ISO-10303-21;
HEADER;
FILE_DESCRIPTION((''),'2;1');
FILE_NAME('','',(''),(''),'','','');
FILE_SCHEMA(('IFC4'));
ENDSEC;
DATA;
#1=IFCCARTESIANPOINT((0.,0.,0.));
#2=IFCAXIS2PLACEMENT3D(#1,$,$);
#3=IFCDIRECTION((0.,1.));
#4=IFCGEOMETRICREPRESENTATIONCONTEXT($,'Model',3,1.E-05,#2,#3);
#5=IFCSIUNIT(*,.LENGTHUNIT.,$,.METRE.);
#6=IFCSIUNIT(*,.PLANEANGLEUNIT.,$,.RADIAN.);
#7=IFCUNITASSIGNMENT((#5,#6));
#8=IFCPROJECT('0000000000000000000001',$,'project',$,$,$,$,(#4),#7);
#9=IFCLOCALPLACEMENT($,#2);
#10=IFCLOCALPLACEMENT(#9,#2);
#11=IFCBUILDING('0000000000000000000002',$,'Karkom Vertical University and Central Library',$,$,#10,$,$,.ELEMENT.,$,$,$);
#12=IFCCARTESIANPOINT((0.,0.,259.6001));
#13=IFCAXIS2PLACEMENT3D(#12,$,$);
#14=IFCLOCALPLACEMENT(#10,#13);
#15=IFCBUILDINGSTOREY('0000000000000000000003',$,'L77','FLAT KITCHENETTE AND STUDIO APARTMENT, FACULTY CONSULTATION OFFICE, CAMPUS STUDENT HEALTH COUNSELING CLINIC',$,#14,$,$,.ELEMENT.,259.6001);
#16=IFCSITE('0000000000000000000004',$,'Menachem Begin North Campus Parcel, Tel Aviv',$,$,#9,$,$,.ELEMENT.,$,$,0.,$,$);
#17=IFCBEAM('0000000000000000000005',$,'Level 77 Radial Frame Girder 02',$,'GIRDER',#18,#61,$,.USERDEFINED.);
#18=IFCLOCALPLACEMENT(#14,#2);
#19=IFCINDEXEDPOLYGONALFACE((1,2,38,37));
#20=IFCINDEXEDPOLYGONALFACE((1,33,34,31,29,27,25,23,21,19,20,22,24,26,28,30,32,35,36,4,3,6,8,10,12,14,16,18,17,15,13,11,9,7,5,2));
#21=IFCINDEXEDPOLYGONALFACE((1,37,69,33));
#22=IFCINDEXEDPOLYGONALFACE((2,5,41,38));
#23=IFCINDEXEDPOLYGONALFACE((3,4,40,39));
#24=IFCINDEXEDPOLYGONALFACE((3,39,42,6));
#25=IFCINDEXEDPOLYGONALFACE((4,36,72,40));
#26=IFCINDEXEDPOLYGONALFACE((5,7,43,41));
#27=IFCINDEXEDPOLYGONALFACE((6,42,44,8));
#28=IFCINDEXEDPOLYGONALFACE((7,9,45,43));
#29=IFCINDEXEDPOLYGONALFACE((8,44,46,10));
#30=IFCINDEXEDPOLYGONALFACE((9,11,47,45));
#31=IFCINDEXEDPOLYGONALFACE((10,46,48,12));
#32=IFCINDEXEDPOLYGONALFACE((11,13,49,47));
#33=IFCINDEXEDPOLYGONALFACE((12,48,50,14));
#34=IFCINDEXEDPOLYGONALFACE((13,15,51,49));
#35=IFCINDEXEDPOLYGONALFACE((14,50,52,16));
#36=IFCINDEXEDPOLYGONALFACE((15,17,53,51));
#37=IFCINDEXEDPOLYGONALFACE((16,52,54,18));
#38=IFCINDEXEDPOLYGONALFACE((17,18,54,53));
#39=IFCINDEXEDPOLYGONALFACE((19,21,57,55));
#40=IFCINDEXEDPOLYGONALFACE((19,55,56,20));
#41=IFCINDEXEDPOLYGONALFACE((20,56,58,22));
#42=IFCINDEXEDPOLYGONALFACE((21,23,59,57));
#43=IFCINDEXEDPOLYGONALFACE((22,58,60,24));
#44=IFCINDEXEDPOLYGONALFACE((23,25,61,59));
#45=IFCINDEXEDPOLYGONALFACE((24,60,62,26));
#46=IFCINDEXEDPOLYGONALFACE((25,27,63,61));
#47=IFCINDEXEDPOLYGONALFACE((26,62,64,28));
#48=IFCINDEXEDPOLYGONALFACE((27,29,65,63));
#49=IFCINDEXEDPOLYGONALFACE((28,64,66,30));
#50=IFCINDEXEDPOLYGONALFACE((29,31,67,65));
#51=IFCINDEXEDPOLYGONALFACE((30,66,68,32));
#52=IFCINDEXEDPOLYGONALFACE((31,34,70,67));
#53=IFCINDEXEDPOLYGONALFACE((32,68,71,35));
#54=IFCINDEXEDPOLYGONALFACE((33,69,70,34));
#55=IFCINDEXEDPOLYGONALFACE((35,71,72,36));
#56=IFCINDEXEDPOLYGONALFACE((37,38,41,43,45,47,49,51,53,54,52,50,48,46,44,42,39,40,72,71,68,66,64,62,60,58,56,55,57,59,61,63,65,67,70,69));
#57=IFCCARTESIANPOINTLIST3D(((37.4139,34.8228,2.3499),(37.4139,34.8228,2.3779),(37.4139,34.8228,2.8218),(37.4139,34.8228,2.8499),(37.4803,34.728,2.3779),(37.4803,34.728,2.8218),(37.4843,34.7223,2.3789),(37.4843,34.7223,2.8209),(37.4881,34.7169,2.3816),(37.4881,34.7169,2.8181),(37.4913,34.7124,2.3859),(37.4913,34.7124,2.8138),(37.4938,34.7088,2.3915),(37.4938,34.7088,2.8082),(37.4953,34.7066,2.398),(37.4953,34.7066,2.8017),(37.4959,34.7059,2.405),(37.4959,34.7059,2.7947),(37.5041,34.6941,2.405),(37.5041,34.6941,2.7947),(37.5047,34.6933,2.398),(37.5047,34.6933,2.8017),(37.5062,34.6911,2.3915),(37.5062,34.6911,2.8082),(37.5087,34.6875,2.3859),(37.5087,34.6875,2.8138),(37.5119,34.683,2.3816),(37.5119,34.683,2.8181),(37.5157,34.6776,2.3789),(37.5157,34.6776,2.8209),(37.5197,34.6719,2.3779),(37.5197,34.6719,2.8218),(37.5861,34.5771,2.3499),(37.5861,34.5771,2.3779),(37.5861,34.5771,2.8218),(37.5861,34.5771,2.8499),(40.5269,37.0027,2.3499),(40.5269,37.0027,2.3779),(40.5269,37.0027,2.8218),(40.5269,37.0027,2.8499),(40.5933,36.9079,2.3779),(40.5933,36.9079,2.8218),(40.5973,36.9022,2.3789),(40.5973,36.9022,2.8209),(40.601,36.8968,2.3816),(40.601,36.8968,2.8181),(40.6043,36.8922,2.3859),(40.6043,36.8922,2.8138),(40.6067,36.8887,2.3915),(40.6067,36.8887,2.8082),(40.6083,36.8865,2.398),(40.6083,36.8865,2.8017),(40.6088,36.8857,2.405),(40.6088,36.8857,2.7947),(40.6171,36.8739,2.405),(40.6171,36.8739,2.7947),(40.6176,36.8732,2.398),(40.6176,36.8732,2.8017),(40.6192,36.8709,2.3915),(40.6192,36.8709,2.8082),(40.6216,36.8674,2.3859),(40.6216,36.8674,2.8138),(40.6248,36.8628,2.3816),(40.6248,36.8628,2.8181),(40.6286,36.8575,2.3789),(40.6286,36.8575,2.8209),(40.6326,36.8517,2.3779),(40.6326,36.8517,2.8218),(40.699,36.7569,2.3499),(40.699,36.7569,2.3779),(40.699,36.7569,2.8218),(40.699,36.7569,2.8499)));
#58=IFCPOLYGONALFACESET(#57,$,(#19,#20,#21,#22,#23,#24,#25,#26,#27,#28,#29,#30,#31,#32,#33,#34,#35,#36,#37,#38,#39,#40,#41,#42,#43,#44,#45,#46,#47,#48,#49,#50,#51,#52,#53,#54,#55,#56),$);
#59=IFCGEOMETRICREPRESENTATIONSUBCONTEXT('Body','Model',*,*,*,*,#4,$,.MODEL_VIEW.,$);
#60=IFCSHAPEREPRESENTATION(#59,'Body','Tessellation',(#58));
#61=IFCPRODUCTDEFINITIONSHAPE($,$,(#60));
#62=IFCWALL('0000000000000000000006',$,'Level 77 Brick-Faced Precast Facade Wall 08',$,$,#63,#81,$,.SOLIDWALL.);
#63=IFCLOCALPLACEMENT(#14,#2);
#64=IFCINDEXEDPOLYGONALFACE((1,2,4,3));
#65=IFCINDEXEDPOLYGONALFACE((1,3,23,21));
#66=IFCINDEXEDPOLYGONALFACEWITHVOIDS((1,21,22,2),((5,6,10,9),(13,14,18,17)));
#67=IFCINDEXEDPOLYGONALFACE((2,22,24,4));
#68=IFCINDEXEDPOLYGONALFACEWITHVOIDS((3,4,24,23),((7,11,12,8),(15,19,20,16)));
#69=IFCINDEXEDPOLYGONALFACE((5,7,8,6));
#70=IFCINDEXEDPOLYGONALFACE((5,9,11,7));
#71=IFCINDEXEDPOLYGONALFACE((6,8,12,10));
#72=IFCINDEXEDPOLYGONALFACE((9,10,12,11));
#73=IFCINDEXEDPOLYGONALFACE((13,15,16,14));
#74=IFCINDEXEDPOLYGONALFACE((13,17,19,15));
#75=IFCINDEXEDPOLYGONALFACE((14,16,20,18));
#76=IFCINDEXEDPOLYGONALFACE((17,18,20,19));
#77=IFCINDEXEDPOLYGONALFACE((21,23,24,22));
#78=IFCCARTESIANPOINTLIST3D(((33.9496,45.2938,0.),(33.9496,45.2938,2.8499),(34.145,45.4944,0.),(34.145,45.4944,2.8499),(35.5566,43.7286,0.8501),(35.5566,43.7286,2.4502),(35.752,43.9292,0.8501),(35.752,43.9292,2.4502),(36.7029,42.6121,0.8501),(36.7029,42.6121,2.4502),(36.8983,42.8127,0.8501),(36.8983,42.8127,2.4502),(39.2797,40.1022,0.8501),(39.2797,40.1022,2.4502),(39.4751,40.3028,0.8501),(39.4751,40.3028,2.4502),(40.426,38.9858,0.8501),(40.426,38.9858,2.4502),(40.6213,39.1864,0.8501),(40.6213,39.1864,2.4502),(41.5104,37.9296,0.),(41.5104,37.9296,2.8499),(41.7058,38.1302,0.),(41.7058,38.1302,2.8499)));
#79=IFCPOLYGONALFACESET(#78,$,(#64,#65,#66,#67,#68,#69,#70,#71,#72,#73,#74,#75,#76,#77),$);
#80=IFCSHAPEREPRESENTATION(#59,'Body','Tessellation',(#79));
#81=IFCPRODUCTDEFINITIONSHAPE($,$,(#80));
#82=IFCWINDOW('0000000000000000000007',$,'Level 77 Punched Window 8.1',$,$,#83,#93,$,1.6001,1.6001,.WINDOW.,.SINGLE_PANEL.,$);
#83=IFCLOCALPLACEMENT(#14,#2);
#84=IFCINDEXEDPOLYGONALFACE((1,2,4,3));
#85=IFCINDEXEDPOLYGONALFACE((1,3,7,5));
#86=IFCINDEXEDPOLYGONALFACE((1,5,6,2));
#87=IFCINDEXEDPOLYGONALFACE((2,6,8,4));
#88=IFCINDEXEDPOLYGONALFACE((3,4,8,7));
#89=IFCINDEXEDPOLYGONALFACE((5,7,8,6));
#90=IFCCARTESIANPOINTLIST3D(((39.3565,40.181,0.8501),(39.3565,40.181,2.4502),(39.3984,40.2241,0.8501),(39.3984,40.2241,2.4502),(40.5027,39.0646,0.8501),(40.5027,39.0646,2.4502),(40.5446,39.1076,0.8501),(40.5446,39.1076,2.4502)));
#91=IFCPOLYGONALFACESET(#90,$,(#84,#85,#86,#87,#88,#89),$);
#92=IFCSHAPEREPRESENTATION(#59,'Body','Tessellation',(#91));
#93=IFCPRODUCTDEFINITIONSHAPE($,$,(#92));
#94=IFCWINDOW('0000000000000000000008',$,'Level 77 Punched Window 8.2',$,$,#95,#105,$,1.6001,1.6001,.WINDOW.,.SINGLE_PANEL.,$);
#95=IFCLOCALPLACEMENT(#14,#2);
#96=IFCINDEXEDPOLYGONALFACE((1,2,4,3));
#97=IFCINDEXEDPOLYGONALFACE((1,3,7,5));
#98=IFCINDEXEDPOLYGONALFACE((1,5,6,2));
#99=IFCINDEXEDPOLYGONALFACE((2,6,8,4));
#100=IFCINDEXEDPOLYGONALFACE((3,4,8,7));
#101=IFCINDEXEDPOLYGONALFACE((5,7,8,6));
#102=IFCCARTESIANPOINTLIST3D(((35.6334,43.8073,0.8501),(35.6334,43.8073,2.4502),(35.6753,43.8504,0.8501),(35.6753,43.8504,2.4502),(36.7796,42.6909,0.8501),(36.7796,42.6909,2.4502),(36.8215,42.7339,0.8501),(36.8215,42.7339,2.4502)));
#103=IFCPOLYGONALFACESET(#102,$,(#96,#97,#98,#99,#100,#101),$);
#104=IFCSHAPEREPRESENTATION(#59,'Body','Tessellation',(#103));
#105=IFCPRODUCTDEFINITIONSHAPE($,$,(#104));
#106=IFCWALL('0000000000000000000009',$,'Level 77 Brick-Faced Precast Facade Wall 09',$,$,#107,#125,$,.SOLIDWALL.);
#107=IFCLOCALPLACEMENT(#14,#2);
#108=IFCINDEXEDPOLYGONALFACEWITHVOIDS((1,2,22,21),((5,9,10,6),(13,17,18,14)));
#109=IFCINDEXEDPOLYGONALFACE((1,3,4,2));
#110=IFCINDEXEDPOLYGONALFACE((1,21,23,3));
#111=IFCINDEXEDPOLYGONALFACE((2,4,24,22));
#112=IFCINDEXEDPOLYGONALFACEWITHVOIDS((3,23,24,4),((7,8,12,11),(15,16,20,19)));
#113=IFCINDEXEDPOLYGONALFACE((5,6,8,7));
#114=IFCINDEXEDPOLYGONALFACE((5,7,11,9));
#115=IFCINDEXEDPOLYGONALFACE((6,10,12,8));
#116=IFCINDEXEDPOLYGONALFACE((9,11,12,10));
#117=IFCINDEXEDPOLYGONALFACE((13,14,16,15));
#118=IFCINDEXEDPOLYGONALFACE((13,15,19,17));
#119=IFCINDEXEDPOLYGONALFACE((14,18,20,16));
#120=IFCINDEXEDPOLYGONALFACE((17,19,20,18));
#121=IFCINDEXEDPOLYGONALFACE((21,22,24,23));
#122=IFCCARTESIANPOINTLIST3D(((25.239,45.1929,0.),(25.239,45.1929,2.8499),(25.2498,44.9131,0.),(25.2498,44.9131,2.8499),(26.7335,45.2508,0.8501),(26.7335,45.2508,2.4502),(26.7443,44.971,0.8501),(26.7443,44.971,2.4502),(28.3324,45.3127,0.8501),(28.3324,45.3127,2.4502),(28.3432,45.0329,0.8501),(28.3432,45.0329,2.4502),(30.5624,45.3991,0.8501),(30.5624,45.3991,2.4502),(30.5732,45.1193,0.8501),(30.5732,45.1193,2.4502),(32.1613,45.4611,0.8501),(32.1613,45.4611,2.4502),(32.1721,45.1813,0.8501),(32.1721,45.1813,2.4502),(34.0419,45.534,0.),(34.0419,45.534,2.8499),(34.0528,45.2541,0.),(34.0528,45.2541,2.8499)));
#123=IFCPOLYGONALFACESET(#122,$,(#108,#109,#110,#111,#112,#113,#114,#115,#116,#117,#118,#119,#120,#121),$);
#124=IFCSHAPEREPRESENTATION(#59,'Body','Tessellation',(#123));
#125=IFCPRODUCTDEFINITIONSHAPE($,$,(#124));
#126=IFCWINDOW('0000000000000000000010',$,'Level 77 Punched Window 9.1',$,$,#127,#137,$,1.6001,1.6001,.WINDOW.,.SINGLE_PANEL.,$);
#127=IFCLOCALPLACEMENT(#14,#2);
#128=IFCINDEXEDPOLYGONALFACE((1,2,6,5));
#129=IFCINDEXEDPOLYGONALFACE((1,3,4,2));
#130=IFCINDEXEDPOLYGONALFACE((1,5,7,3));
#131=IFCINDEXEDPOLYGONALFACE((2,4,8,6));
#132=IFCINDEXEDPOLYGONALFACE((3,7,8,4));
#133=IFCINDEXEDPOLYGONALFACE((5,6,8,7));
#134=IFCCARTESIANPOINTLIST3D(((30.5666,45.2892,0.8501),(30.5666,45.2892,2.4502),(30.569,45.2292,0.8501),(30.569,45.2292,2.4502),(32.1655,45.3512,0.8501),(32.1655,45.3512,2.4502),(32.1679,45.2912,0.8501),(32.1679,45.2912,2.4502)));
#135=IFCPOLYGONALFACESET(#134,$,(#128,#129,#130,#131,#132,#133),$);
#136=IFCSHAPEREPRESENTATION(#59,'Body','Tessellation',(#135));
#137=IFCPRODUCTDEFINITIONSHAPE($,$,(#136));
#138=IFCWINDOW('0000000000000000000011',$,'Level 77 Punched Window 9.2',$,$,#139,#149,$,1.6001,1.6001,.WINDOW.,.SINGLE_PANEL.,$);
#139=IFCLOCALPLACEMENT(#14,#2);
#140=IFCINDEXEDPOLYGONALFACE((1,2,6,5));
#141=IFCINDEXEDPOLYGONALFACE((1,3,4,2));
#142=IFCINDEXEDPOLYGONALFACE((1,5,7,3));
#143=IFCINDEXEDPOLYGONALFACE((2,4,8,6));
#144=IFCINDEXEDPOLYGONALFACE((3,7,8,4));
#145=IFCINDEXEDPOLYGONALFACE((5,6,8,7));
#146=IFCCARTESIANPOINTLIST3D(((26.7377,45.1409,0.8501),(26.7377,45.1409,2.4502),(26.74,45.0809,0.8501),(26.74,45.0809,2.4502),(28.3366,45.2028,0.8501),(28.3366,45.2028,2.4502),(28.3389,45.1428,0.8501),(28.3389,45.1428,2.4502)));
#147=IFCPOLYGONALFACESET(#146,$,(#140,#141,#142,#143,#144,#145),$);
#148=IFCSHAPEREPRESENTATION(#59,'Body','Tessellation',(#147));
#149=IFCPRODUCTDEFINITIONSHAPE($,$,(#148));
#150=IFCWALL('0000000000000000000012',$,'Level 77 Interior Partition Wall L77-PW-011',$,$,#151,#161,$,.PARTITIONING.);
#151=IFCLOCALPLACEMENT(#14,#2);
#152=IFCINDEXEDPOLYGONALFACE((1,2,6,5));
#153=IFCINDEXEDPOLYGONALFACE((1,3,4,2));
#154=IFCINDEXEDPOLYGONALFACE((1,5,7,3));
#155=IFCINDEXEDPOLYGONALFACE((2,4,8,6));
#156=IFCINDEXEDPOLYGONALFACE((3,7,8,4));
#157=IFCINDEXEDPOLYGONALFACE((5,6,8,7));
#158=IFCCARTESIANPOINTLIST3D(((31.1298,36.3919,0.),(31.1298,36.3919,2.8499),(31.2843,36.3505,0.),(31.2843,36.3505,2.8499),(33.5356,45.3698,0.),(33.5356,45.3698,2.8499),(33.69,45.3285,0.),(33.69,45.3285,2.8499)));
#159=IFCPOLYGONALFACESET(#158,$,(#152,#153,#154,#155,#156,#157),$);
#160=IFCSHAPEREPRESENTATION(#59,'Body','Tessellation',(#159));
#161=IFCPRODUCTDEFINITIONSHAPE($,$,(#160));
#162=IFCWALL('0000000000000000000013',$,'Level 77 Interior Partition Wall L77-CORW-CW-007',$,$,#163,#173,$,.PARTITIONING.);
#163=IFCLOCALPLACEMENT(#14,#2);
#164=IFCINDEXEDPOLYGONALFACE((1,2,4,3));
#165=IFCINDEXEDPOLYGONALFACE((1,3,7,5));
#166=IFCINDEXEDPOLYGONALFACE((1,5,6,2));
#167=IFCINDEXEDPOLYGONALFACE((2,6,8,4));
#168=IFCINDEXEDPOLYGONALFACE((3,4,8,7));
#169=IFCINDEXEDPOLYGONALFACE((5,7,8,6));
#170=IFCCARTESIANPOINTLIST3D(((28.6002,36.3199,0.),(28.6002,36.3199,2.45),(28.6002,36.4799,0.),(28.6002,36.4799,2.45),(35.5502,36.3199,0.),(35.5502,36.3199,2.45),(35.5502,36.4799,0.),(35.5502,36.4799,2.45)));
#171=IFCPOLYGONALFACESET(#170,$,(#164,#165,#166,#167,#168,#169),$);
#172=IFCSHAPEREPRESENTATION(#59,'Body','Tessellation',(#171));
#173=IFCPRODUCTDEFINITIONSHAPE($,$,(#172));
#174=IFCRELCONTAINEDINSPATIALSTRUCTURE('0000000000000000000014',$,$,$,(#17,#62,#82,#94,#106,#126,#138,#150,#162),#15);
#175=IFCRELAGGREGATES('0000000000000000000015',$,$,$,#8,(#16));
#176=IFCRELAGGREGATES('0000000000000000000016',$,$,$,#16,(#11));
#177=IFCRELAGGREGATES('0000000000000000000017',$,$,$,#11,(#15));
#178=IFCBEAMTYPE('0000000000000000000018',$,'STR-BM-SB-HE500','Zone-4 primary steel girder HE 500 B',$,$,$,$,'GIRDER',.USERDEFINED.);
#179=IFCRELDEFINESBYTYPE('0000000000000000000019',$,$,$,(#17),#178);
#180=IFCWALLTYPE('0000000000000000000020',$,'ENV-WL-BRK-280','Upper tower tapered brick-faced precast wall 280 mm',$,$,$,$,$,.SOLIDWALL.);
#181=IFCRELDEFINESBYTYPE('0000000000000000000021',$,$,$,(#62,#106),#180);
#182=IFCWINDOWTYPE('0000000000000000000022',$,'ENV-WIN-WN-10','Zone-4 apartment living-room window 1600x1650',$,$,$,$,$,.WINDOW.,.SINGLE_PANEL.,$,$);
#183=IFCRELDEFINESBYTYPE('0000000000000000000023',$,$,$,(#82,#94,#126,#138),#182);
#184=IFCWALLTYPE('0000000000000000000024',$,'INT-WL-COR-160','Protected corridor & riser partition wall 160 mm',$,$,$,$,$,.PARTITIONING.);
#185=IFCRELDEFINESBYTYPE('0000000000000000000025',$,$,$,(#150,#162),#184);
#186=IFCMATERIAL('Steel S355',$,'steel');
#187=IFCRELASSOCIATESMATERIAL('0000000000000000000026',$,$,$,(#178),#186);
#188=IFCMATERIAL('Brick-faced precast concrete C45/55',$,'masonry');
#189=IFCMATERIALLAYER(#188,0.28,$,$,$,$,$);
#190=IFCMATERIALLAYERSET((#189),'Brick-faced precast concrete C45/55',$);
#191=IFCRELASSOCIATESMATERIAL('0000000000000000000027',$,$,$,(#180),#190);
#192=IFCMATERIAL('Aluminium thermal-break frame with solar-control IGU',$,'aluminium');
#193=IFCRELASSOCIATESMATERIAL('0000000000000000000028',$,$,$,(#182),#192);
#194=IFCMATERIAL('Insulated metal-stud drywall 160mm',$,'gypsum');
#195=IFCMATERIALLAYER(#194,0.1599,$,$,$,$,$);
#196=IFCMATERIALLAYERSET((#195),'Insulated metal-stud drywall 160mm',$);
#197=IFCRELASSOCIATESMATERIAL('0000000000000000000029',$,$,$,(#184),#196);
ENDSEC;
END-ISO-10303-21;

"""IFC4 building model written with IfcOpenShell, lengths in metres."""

from ifc_helpers import new_model, si_unit, direction, frame, frame_2d, origin, origin_with_axes, origin_2d, place, context, subcontext, project, spatial, rectangle, i_section, extrude, source, transform, mapped, material, layer, layer_set, material_profile, profile_set, type_object, element, fill, save


model = new_model("IFC4")

# Units and contexts
model_context = context("Model", 3, precision=1e-05, world=origin(), true_north=direction((0.0, 1.0)))
body_context = subcontext(model_context, "Body", "Model", "MODEL_VIEW")
ifc_project = project(units=[si_unit("LENGTHUNIT", "METRE"), si_unit("PLANEANGLEUNIT", "RADIAN")], contexts=[model_context])

# Site, building, storey
site_placement = place(None, origin())
site = spatial("IfcSite", under=ifc_project, at=site_placement, Name="Menachem Begin North Campus Parcel, Tel Aviv", CompositionType="ELEMENT", RefElevation=0.0)
building_placement = place(site_placement, origin())
building = spatial("IfcBuilding", under=site, at=building_placement, Name="Karkom Vertical University and Central Library", CompositionType="ELEMENT")
storey_placement = place(building_placement, frame((0.0, 0.0, 259.6001)))
storey = spatial("IfcBuildingStorey", under=building, at=storey_placement, Name="L77", Description="FLAT KITCHENETTE AND STUDIO APARTMENT, FACULTY CONSULTATION OFFICE, CAMPUS STUDENT HEALTH COUNSELING CLINIC", CompositionType="ELEMENT", Elevation=259.6001)

# Beam
ifc_material_1 = material(Name="Steel S355", Category="steel")
ifc_material_profile_1 = material_profile(ifc_material_1, i_section(OverallWidth=0.3, OverallDepth=0.5, WebThickness=0.0144, FlangeThickness=0.0281, FilletRadius=0.0271, at=origin_2d()), Name="HE 500 B")
ifc_profile_set_1 = profile_set([ifc_material_profile_1], Name="Steel S355")
beam_type_1 = type_object("IfcBeamType", Name="STR-BM-SB-HE500", Description="Zone-4 primary steel girder HE 500 B", ElementType="GIRDER", PredefinedType="USERDEFINED", material=ifc_profile_set_1)
shared_shape_1 = source(origin_with_axes(), body_context, "Body", "SweptSolid", [
    extrude(i_section(OverallWidth=0.3, OverallDepth=0.5, WebThickness=0.0144, FlangeThickness=0.0281, FilletRadius=0.0271, at=origin_2d()), origin(), (0.0, 0.0, 1.0), 3.8003),
])
beam_1_placement = place(storey_placement, frame((37.5, 34.7, 2.5999), z_axis=(0.819132, 0.573605, 0.0), x_axis=(-0.573605, 0.819132, 0.0)))
element("IfcBeam", 1, at=beam_1_placement, inside=storey, type_object=beam_type_1, Name="Level 77 Radial Frame Girder 02", ObjectType="GIRDER", PredefinedType="USERDEFINED", context=body_context, shape_type="MappedRepresentation", body=[
    mapped(shared_shape_1, transform((0.0, 0.0, 0.0), scale=1.0)),
])

# Walls, openings, windows
ifc_material_2 = material(Name="Brick-faced precast concrete C45/55", Category="masonry")
ifc_layer_1 = layer(ifc_material_2, 0.28)
ifc_layer_set_1 = layer_set([ifc_layer_1], Name="Brick-faced precast concrete C45/55")
wall_type_1 = type_object("IfcWallType", Name="ENV-WL-BRK-280", Description="Upper tower tapered brick-faced precast wall 280 mm", PredefinedType="SOLIDWALL", material=ifc_layer_set_1)
wall_1_placement = place(storey_placement, frame((41.6082, 38.0298, 0.0), z_axis=(0.0, 0.0, 1.0), x_axis=(-0.716356, 0.697735, 0.0)))
wall_1 = element("IfcWall", 2, at=wall_1_placement, inside=storey, type_object=wall_type_1, Name="Level 77 Brick-Faced Precast Facade Wall 08", PredefinedType="SOLIDWALL", context=body_context, shape_type="SweptSolid", body=[
    extrude(rectangle(XDim=10.5544, YDim=0.28, at=frame_2d((5.2773, 0.0))), origin(), (0.0, 0.0, 1.0), 2.8499),
])
opening_1_placement = place(wall_1_placement, frame((1.5139, 0.0, 0.8501)))
opening_1 = element("IfcOpeningElement", 3, at=opening_1_placement, cuts=wall_1, PredefinedType="OPENING", context=body_context, shape_type="SweptSolid", body=[
    extrude(rectangle(XDim=1.6001, YDim=1.6001, at=frame_2d((0.8, 0.8))), frame((0.0, 0.1499, 0.0), z_axis=(0.0, -1.0, 0.0), x_axis=(1.0, 0.0, 0.0)), (0.0, 0.0, 1.0), 0.3),
])
opening_2_placement = place(wall_1_placement, frame((6.7112, 0.0, 0.8501)))
opening_2 = element("IfcOpeningElement", 4, at=opening_2_placement, cuts=wall_1, PredefinedType="OPENING", context=body_context, shape_type="SweptSolid", body=[
    extrude(rectangle(XDim=1.6001, YDim=1.6001, at=frame_2d((0.8, 0.8))), frame((0.0, 0.1499, 0.0), z_axis=(0.0, -1.0, 0.0), x_axis=(1.0, 0.0, 0.0)), (0.0, 0.0, 1.0), 0.3),
])
ifc_material_3 = material(Name="Aluminium thermal-break frame with solar-control IGU", Category="aluminium")
window_type = type_object("IfcWindowType", Name="ENV-WIN-WN-10", Description="Zone-4 apartment living-room window 1600x1650", PartitioningType="SINGLE_PANEL", PredefinedType="WINDOW", material=ifc_material_3)
shared_shape_2 = source(origin_with_axes(), body_context, "Body", "SweptSolid", [
    extrude(rectangle(XDim=1.6001, YDim=1.6001, at=frame_2d((0.8, 0.8))), frame((0.0, 0.03, 0.0), z_axis=(0.0, -1.0, 0.0), x_axis=(1.0, 0.0, 0.0)), (0.0, 0.0, 1.0), 0.0601),
])
window_1_placement = place(opening_1_placement, origin())
window_1 = element("IfcWindow", 5, at=window_1_placement, inside=storey, type_object=window_type, Name="Level 77 Punched Window 8.1", OverallHeight=1.6001, OverallWidth=1.6001, PartitioningType="SINGLE_PANEL", PredefinedType="WINDOW", context=body_context, shape_type="MappedRepresentation", body=[
    mapped(shared_shape_2, transform((0.0, 0.0, 0.0), scale=1.0)),
])
fill(opening_1, window_1)
window_2_placement = place(opening_2_placement, origin())
window_2 = element("IfcWindow", 6, at=window_2_placement, inside=storey, type_object=window_type, Name="Level 77 Punched Window 8.2", OverallHeight=1.6001, OverallWidth=1.6001, PartitioningType="SINGLE_PANEL", PredefinedType="WINDOW", context=body_context, shape_type="MappedRepresentation", body=[
    mapped(shared_shape_2, transform((0.0, 0.0, 0.0), scale=1.0)),
])
fill(opening_2, window_2)
wall_2_placement = place(storey_placement, frame((34.0474, 45.394, 0.0), z_axis=(0.0, 0.0, 1.0), x_axis=(-0.99925, -0.038715, 0.0)))
wall_2 = element("IfcWall", 7, at=wall_2_placement, inside=storey, type_object=wall_type_1, Name="Level 77 Brick-Faced Precast Facade Wall 09", PredefinedType="SOLIDWALL", context=body_context, shape_type="SweptSolid", body=[
    extrude(rectangle(XDim=8.8096, YDim=0.28, at=frame_2d((4.4048, 0.0))), origin(), (0.0, 0.0, 1.0), 2.8499),
])
opening_3_placement = place(wall_2_placement, frame((1.8821, 0.0, 0.8501)))
opening_3 = element("IfcOpeningElement", 8, at=opening_3_placement, cuts=wall_2, PredefinedType="OPENING", context=body_context, shape_type="SweptSolid", body=[
    extrude(rectangle(XDim=1.6001, YDim=1.6001, at=frame_2d((0.8, 0.8))), frame((0.0, 0.1499, 0.0), z_axis=(0.0, -1.0, 0.0), x_axis=(1.0, 0.0, 0.0)), (0.0, 0.0, 1.0), 0.3),
])
opening_4_placement = place(wall_2_placement, frame((5.7139, 0.0, 0.8501)))
opening_4 = element("IfcOpeningElement", 9, at=opening_4_placement, cuts=wall_2, PredefinedType="OPENING", context=body_context, shape_type="SweptSolid", body=[
    extrude(rectangle(XDim=1.6001, YDim=1.6001, at=frame_2d((0.8, 0.8))), frame((0.0, 0.1499, 0.0), z_axis=(0.0, -1.0, 0.0), x_axis=(1.0, 0.0, 0.0)), (0.0, 0.0, 1.0), 0.3),
])
window_3_placement = place(opening_3_placement, origin())
window_3 = element("IfcWindow", 10, at=window_3_placement, inside=storey, type_object=window_type, Name="Level 77 Punched Window 9.1", OverallHeight=1.6001, OverallWidth=1.6001, PartitioningType="SINGLE_PANEL", PredefinedType="WINDOW", context=body_context, shape_type="MappedRepresentation", body=[
    mapped(shared_shape_2, transform((0.0, 0.0, 0.0), scale=1.0)),
])
fill(opening_3, window_3)
window_4_placement = place(opening_4_placement, origin())
window_4 = element("IfcWindow", 11, at=window_4_placement, inside=storey, type_object=window_type, Name="Level 77 Punched Window 9.2", OverallHeight=1.6001, OverallWidth=1.6001, PartitioningType="SINGLE_PANEL", PredefinedType="WINDOW", context=body_context, shape_type="MappedRepresentation", body=[
    mapped(shared_shape_2, transform((0.0, 0.0, 0.0), scale=1.0)),
])
fill(opening_4, window_4)

# Walls
ifc_material_4 = material(Name="Insulated metal-stud drywall 160mm", Category="gypsum")
ifc_layer_2 = layer(ifc_material_4, 0.1599)
ifc_layer_set_2 = layer_set([ifc_layer_2], Name="Insulated metal-stud drywall 160mm")
wall_type_2 = type_object("IfcWallType", Name="INT-WL-COR-160", Description="Protected corridor & riser partition wall 160 mm", PredefinedType="PARTITIONING", material=ifc_layer_set_2)
wall_3_placement = place(storey_placement, frame((31.207, 36.3711, 0.0), z_axis=(0.0, 0.0, 1.0), x_axis=(0.25883, 0.965923, 0.0)))
element("IfcWall", 12, at=wall_3_placement, inside=storey, type_object=wall_type_2, Name="Level 77 Interior Partition Wall L77-PW-011", PredefinedType="PARTITIONING", context=body_context, shape_type="SweptSolid", body=[
    extrude(rectangle(XDim=9.2947, YDim=0.1599, at=frame_2d((4.6475, 0.0))), origin(), (0.0, 0.0, 1.0), 2.8499),
])
wall_4_placement = place(storey_placement, frame((28.6001, 36.3999, 0.0), z_axis=(0.0, 0.0, 1.0), x_axis=(1.0, 0.0, 0.0)))
element("IfcWall", 13, at=wall_4_placement, inside=storey, type_object=wall_type_2, Name="Level 77 Interior Partition Wall L77-CORW-CW-007", PredefinedType="PARTITIONING", context=body_context, shape_type="SweptSolid", body=[
    extrude(rectangle(XDim=6.95, YDim=0.1599, at=frame_2d((3.4751, 0.0))), origin(), (0.0, 0.0, 1.0), 2.45),
])

save(model, "model.ifc")
